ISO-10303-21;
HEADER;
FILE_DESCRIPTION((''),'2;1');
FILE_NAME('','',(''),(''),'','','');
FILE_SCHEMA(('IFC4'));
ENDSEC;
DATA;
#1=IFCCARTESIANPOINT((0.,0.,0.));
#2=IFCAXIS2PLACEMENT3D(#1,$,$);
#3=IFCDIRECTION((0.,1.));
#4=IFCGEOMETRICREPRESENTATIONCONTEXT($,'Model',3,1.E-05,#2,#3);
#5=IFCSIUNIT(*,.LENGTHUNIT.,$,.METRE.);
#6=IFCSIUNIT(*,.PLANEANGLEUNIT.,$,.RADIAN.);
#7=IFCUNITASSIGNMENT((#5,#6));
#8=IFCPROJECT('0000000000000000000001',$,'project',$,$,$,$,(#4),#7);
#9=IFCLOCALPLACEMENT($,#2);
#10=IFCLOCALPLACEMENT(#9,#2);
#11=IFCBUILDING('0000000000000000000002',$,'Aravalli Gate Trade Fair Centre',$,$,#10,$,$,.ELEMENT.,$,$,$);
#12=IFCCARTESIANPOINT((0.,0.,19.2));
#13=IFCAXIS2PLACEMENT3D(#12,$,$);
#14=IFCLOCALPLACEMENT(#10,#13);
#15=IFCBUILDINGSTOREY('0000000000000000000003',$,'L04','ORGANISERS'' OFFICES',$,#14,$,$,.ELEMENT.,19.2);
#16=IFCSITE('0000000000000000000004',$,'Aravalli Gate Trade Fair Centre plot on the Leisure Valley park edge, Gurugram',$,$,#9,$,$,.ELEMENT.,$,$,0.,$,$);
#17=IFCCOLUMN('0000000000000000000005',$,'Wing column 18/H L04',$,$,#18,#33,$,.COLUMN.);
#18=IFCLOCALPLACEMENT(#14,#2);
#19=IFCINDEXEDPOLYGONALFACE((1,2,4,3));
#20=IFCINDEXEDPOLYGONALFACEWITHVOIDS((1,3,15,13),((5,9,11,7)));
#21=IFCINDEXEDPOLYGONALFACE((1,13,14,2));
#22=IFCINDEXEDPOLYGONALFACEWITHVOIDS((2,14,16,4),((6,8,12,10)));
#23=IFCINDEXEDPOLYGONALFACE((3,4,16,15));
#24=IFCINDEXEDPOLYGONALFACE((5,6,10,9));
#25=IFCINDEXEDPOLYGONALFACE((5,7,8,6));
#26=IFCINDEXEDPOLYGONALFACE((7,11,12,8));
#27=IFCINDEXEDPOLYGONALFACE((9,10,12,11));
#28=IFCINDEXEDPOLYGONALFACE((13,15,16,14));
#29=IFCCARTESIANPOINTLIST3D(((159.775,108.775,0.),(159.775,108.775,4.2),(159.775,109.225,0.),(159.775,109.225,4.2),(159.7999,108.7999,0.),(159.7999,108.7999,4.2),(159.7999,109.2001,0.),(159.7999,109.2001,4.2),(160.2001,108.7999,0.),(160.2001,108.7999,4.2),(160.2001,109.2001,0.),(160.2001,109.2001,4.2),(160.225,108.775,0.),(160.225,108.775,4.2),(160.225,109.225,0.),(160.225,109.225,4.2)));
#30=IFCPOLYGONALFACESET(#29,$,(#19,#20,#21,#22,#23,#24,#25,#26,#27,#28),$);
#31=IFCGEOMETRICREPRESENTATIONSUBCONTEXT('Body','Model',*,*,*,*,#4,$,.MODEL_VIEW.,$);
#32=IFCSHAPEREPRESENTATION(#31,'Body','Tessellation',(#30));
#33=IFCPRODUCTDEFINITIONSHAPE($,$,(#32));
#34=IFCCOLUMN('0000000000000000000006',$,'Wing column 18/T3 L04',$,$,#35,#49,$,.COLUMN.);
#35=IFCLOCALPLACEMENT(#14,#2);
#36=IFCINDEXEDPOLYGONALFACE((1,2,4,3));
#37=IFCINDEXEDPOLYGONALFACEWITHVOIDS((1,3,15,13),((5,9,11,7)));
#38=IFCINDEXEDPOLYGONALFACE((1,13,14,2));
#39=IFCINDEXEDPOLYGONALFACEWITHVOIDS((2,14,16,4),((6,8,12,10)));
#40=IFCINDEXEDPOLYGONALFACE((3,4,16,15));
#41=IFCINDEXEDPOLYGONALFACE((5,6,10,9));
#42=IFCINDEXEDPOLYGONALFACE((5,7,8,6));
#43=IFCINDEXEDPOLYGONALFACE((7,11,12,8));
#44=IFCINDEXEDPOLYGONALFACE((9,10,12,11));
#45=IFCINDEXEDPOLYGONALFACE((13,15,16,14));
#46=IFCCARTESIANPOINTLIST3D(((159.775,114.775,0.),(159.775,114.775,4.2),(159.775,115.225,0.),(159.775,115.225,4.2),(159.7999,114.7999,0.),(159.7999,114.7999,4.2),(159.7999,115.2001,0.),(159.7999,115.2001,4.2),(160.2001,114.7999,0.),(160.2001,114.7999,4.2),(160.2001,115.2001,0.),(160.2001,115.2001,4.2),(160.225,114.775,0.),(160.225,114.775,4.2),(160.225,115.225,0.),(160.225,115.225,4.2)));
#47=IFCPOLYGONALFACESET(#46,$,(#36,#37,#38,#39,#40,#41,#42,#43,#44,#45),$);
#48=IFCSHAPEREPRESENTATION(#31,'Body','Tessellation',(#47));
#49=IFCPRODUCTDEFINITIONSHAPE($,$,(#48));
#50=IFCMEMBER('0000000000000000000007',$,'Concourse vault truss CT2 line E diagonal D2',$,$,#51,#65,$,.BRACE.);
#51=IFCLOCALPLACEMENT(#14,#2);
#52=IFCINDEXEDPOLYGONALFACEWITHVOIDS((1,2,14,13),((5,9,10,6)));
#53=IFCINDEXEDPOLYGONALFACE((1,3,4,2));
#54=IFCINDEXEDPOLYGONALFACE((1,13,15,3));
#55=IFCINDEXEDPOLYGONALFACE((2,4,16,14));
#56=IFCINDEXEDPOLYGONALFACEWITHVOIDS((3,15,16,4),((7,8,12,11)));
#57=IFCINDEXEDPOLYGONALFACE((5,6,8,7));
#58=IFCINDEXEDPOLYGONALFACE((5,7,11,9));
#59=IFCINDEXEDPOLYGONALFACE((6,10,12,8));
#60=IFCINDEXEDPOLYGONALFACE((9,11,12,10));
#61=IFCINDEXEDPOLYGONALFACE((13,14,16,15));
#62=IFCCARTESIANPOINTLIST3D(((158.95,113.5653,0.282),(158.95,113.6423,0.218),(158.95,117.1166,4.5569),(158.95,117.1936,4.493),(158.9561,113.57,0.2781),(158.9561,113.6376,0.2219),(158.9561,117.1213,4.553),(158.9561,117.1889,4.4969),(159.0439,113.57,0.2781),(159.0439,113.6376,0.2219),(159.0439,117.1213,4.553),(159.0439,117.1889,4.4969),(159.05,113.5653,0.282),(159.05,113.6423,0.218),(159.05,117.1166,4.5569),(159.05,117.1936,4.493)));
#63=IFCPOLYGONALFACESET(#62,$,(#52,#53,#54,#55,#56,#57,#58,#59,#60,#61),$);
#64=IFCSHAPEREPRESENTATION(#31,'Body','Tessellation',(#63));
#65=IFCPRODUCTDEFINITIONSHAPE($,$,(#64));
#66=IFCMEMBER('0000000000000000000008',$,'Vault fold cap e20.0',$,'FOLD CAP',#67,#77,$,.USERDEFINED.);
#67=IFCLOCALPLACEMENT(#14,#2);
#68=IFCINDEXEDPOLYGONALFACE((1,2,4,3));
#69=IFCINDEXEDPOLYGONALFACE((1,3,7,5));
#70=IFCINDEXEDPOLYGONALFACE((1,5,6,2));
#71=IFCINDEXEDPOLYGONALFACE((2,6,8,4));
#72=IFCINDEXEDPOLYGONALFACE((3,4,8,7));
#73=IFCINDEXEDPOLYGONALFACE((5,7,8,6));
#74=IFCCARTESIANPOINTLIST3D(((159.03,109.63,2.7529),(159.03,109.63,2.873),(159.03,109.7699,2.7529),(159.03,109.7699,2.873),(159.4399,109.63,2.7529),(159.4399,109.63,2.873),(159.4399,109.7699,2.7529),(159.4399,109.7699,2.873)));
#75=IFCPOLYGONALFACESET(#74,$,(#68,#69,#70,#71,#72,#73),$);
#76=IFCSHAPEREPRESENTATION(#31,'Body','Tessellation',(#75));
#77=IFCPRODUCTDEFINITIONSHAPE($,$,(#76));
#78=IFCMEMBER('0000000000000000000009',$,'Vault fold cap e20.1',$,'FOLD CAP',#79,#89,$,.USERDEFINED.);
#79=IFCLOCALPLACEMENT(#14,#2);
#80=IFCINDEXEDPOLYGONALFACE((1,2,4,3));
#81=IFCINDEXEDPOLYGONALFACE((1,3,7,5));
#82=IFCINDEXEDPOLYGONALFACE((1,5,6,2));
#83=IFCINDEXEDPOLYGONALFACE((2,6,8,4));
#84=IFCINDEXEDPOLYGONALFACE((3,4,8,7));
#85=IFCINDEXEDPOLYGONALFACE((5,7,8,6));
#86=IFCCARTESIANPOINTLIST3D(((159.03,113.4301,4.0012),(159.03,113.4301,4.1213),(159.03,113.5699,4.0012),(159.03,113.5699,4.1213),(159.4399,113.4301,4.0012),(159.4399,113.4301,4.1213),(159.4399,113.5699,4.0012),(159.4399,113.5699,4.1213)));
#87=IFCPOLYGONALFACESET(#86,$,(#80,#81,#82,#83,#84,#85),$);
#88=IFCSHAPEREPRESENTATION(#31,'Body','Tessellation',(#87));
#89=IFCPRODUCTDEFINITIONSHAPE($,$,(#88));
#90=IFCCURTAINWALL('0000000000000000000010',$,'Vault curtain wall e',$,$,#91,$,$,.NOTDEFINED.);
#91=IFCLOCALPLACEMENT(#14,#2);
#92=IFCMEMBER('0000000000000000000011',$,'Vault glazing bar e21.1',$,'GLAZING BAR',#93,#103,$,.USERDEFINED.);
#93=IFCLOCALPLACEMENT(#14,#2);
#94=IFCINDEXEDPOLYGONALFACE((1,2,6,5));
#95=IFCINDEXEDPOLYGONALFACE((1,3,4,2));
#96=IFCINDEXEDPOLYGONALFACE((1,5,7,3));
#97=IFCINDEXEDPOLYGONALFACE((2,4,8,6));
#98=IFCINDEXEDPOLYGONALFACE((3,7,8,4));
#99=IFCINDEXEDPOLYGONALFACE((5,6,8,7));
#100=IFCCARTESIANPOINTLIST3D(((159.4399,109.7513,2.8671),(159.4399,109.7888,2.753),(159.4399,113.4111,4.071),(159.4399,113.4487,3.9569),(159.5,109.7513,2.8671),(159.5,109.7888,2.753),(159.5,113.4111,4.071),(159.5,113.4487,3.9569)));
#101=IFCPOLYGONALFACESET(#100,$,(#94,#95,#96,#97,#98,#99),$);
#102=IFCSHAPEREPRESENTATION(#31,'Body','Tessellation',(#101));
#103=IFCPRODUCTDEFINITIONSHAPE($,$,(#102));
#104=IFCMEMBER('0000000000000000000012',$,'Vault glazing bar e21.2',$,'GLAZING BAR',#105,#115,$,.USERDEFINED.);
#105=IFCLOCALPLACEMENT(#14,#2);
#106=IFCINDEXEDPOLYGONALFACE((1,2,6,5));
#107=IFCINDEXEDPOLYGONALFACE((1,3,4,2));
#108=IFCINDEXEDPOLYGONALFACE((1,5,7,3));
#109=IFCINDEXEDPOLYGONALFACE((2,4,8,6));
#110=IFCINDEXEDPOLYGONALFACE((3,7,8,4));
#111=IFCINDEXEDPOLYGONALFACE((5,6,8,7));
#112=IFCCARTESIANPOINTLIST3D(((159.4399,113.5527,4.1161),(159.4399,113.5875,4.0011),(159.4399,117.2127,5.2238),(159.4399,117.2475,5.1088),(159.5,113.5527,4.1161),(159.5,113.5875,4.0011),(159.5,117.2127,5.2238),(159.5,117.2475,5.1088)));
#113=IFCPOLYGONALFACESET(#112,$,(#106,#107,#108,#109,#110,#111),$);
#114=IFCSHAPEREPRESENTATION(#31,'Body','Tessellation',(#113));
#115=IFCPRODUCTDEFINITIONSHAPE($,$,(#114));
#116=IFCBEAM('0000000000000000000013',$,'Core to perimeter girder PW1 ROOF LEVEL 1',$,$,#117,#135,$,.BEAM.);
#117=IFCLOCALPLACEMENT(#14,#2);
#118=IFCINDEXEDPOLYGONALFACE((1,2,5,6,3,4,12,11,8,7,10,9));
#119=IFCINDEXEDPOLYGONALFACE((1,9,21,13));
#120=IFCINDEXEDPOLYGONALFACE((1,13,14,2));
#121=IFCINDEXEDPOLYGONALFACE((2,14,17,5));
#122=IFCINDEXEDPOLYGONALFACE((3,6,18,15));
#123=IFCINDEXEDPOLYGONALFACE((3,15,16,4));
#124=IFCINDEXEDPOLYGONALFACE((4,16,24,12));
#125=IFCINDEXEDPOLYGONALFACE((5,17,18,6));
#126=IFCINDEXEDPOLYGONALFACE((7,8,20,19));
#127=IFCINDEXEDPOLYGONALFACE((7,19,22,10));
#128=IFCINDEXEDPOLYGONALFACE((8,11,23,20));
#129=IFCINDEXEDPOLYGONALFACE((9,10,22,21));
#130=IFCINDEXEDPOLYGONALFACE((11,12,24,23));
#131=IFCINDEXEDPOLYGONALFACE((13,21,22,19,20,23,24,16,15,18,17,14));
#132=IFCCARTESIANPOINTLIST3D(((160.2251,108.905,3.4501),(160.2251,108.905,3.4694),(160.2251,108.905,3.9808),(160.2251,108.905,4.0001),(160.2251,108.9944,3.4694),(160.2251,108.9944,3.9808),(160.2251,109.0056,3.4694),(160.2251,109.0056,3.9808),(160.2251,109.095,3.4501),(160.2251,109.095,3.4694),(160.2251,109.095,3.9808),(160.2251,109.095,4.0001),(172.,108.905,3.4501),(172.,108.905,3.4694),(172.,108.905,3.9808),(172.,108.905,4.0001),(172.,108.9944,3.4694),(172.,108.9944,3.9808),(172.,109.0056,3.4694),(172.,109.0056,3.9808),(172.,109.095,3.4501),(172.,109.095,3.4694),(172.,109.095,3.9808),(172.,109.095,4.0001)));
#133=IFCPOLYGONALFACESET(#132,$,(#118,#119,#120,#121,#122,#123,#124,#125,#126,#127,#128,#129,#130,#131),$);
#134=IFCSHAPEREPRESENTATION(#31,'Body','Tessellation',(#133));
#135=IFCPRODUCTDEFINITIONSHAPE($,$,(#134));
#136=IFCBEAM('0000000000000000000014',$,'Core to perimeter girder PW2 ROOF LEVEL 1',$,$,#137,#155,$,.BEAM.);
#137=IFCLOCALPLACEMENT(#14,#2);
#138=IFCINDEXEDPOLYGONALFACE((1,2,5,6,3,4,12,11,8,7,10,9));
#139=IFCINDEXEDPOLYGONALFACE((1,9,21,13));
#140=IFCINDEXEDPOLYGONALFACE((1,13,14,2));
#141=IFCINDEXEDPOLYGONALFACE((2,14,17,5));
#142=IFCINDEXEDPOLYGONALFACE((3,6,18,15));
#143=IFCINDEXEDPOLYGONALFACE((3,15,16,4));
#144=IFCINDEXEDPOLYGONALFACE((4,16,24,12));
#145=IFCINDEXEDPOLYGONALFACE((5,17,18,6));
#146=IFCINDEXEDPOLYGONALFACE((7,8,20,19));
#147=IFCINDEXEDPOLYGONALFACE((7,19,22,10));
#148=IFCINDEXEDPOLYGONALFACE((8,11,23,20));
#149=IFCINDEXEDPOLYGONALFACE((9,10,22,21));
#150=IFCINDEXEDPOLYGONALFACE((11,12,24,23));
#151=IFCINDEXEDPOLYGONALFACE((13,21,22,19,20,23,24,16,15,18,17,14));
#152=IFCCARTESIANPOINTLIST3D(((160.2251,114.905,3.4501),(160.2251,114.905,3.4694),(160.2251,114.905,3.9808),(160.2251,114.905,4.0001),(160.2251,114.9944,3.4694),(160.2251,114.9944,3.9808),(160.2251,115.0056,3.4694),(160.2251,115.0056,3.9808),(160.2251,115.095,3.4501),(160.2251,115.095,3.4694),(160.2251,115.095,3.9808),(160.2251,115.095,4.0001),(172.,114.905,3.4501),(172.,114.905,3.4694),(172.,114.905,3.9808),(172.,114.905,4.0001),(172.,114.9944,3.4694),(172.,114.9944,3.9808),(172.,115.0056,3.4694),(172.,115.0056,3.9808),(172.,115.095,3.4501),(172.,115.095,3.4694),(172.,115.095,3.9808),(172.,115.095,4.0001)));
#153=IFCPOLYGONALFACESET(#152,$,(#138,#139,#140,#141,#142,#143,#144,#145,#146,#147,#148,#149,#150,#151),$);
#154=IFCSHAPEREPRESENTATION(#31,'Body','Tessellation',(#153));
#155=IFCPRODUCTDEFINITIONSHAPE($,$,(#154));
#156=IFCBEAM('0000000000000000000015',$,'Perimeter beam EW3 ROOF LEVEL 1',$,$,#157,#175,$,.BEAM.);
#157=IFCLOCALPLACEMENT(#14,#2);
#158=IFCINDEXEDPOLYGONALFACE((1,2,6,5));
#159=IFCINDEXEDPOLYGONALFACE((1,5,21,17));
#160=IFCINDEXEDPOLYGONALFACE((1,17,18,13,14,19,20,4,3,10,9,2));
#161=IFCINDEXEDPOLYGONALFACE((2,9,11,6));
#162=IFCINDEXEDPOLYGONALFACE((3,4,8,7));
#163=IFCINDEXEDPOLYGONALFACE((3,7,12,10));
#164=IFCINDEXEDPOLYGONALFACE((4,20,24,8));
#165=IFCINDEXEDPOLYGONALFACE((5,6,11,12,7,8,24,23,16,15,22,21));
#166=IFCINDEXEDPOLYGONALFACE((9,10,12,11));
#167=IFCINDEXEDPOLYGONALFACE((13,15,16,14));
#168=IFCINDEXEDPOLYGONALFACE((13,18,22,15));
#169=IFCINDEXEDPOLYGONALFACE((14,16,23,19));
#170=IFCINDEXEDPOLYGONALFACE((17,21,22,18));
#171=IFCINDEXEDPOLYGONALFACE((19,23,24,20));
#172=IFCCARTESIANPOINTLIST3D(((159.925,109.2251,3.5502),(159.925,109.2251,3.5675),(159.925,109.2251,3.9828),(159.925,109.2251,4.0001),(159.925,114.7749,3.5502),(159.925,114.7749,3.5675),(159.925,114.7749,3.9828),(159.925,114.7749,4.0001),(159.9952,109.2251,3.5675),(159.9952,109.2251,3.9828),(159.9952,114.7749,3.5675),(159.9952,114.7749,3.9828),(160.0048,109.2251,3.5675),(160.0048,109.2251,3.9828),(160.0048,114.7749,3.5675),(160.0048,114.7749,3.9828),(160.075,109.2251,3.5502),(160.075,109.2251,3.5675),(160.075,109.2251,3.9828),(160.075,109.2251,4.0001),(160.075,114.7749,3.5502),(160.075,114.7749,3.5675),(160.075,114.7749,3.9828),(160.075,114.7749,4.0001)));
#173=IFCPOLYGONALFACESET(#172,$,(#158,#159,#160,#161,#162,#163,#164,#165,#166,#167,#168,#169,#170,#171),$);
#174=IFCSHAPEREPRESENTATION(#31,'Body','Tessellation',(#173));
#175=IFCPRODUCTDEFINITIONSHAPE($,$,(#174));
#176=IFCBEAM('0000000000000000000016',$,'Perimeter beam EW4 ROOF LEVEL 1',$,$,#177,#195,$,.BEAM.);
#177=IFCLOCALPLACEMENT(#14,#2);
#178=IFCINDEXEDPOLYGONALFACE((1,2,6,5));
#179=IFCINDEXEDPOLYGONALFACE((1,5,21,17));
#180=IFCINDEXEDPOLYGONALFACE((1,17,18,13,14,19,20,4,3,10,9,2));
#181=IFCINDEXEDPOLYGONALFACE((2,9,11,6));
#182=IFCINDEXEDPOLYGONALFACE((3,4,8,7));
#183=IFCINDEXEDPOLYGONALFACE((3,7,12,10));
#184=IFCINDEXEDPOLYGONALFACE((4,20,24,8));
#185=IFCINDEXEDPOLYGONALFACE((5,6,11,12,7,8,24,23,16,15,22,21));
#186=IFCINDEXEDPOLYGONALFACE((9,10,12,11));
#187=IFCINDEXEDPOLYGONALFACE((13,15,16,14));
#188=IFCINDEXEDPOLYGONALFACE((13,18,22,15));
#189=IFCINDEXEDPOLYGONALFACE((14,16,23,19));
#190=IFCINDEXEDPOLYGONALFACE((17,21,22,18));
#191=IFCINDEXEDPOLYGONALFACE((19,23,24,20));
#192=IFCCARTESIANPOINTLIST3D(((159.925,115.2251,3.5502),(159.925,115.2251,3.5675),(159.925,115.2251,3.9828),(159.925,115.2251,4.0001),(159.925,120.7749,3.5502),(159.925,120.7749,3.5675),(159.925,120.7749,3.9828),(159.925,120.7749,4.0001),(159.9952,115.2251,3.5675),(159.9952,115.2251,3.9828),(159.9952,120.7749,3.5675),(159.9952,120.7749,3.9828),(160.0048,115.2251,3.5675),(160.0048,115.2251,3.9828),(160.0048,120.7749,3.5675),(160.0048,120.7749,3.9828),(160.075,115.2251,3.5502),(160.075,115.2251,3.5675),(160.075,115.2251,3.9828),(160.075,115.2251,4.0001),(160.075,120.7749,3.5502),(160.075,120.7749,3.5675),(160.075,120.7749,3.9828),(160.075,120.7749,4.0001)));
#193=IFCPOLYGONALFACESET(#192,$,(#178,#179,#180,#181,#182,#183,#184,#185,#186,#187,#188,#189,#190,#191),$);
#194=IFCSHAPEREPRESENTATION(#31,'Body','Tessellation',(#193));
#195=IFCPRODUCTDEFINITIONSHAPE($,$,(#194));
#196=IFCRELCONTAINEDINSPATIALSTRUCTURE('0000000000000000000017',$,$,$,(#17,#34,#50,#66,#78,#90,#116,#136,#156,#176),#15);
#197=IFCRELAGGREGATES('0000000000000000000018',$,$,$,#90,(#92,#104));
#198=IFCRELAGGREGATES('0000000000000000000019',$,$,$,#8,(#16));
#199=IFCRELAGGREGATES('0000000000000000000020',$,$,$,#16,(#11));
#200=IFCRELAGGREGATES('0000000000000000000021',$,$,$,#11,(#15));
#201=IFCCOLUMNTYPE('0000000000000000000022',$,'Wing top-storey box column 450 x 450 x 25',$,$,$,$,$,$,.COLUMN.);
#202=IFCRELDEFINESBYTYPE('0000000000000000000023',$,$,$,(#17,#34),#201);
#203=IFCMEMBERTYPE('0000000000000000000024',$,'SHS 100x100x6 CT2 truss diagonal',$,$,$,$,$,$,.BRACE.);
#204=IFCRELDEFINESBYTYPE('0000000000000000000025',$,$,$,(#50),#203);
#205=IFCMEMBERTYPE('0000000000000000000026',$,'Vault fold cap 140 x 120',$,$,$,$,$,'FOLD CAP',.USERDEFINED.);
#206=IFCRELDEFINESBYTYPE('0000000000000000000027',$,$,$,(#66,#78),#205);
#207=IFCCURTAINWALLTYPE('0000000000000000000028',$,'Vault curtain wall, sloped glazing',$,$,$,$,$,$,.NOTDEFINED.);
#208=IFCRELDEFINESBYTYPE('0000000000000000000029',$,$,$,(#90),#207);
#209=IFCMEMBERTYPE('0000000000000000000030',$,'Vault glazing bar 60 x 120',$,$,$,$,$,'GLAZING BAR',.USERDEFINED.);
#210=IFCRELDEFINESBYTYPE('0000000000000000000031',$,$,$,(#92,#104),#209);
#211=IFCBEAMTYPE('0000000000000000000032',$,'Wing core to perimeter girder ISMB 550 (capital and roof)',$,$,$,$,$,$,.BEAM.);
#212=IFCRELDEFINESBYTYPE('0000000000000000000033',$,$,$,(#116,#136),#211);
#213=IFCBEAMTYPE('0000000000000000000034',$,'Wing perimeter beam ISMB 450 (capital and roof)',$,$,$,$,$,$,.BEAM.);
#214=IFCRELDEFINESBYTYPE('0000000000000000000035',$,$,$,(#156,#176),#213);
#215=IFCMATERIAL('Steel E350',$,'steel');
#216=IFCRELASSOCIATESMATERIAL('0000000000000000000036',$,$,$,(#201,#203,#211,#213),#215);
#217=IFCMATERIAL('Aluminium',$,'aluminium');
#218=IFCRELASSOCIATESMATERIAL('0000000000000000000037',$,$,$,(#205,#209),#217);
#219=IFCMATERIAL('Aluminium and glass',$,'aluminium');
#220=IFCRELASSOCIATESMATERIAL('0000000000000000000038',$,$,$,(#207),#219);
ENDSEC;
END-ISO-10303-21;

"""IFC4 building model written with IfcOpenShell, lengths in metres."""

from ifc_helpers import new_model, si_unit, direction, frame, origin, origin_2d, place, context, subcontext, project, spatial, rectangle, hollow_rectangle, i_section, extrude, material, material_profile, profile_set, type_object, element, aggregate, save


model = new_model("IFC4")

# Units and contexts
model_context = context("Model", 3, precision=1e-05, world=origin(), true_north=direction((0.0, 1.0)))
body_context = subcontext(model_context, "Body", "Model", "MODEL_VIEW")
ifc_project = project(units=[si_unit("LENGTHUNIT", "METRE"), si_unit("PLANEANGLEUNIT", "RADIAN")], contexts=[model_context])

# Site, building, storey
site_placement = place(None, origin())
site = spatial("IfcSite", under=ifc_project, at=site_placement, Name="Aravalli Gate Trade Fair Centre plot on the Leisure Valley park edge, Gurugram", CompositionType="ELEMENT", RefElevation=0.0)
building_placement = place(site_placement, origin())
building = spatial("IfcBuilding", under=site, at=building_placement, Name="Aravalli Gate Trade Fair Centre", CompositionType="ELEMENT")
storey_placement = place(building_placement, frame((0.0, 0.0, 19.2)))
storey = spatial("IfcBuildingStorey", under=building, at=storey_placement, Name="L04", Description="ORGANISERS' OFFICES", CompositionType="ELEMENT", Elevation=19.2)

# Columns
ifc_material_1 = material(Name="Steel E350", Category="steel")
ifc_material_profile_1 = material_profile(ifc_material_1, hollow_rectangle(XDim=0.45, YDim=0.45, WallThickness=0.0249, at=origin_2d()), Name="BOX 450x450x25")
ifc_profile_set_1 = profile_set([ifc_material_profile_1], Name="Steel E350")
column_type = type_object("IfcColumnType", Name="Wing top-storey box column 450 x 450 x 25", PredefinedType="COLUMN", material=ifc_profile_set_1)
for number, where, z_axis, x_axis, name in (
    (1, (160.0, 109.0, 0.0), (0.0, 0.0, 1.0), (1.0, 0.0, 0.0), "Wing column 18/H L04"),
    (2, (160.0, 115.0, 0.0), (0.0, 0.0, 1.0), (1.0, 0.0, 0.0), "Wing column 18/T3 L04"),
):
    element("IfcColumn", number, at=place(storey_placement, frame(where, z_axis=z_axis, x_axis=x_axis)), inside=storey, type_object=column_type, Name=name, PredefinedType="COLUMN", context=body_context, shape_type="SweptSolid", body=[
        extrude(hollow_rectangle(XDim=0.45, YDim=0.45, WallThickness=0.0249, at=origin_2d()), origin(), (0.0, 0.0, 1.0), 4.2),
    ])

# Members
ifc_material_profile_2 = material_profile(ifc_material_1, hollow_rectangle(XDim=0.1001, YDim=0.1001, WallThickness=0.0061, at=origin_2d()), Name="SHS 100x100x6")
ifc_profile_set_2 = profile_set([ifc_material_profile_2], Name="Steel E350")
member_type_1 = type_object("IfcMemberType", Name="SHS 100x100x6 CT2 truss diagonal", PredefinedType="BRACE", material=ifc_profile_set_2)
member_1_placement = place(storey_placement, frame((159.0, 113.6038, 0.25), z_axis=(0.0, 0.639, 0.769207), x_axis=(-1.0, 0.0, 0.0)))
element("IfcMember", 3, at=member_1_placement, inside=storey, type_object=member_type_1, Name="Concourse vault truss CT2 line E diagonal D2", PredefinedType="BRACE", context=body_context, shape_type="SweptSolid", body=[
    extrude(hollow_rectangle(XDim=0.1001, YDim=0.1001, WallThickness=0.0061, at=origin_2d()), origin(), (0.0, 0.0, 1.0), 5.5576),
])
ifc_material_2 = material(Name="Aluminium", Category="aluminium")
ifc_material_profile_3 = material_profile(ifc_material_2, rectangle(XDim=0.1399, YDim=0.1201, at=origin_2d()), Name="Vault fold cap 140 x 120")
ifc_profile_set_3 = profile_set([ifc_material_profile_3], Name="Aluminium")
member_type_2 = type_object("IfcMemberType", Name="Vault fold cap 140 x 120", ElementType="FOLD CAP", PredefinedType="USERDEFINED", material=ifc_profile_set_3)
for number, where, z_axis, x_axis, name in (
    (4, (159.03, 109.7, 2.813), (1.0, 0.0, 0.0), (0.0, 1.0, 0.0), "Vault fold cap e20.0"),
    (5, (159.03, 113.5, 4.0613), (1.0, 0.0, 0.0), (0.0, 1.0, 0.0), "Vault fold cap e20.1"),
):
    element("IfcMember", number, at=place(storey_placement, frame(where, z_axis=z_axis, x_axis=x_axis)), inside=storey, type_object=member_type_2, Name=name, ObjectType="FOLD CAP", PredefinedType="USERDEFINED", context=body_context, shape_type="SweptSolid", body=[
        extrude(rectangle(XDim=0.1399, YDim=0.1201, at=origin_2d()), origin(), (0.0, 0.0, 1.0), 0.4099),
    ])

# Curtain wall, members
ifc_material_3 = material(Name="Aluminium and glass", Category="aluminium")
curtain_wall_type = type_object("IfcCurtainWallType", Name="Vault curtain wall, sloped glazing", PredefinedType="NOTDEFINED", material=ifc_material_3)
curtain_wall_placement = place(storey_placement, origin())
curtain_wall = element("IfcCurtainWall", 6, at=curtain_wall_placement, inside=storey, type_object=curtain_wall_type, Name="Vault curtain wall e", PredefinedType="NOTDEFINED")
ifc_material_profile_4 = material_profile(ifc_material_2, rectangle(XDim=0.0601, YDim=0.1201, at=origin_2d()), Name="Vault glazing bar 60 x 120")
ifc_profile_set_4 = profile_set([ifc_material_profile_4], Name="Aluminium")
member_type_3 = type_object("IfcMemberType", Name="Vault glazing bar 60 x 120", ElementType="GLAZING BAR", PredefinedType="USERDEFINED", material=ifc_profile_set_4)
member_2_placement = place(storey_placement, frame((159.47, 109.77, 2.8101), z_axis=(0.0, 0.94993, 0.312461), x_axis=(-1.0, 0.0, 0.0)))
member_2 = element("IfcMember", 7, at=member_2_placement, type_object=member_type_3, Name="Vault glazing bar e21.1", ObjectType="GLAZING BAR", PredefinedType="USERDEFINED", context=body_context, shape_type="SweptSolid", body=[
    extrude(rectangle(XDim=0.0601, YDim=0.1201, at=origin_2d()), origin(), (0.0, 0.0, 1.0), 3.8528),
])
member_3_placement = place(storey_placement, frame((159.47, 113.5701, 4.0586), z_axis=(0.0, 0.957126, 0.289672), x_axis=(-1.0, 0.0, 0.0)))
member_3 = element("IfcMember", 8, at=member_3_placement, type_object=member_type_3, Name="Vault glazing bar e21.2", ObjectType="GLAZING BAR", PredefinedType="USERDEFINED", context=body_context, shape_type="SweptSolid", body=[
    extrude(rectangle(XDim=0.0601, YDim=0.1201, at=origin_2d()), origin(), (0.0, 0.0, 1.0), 3.824),
])

# Beams
ifc_material_profile_5 = material_profile(ifc_material_1, i_section(OverallWidth=0.1899, OverallDepth=0.55, WebThickness=0.0112, FlangeThickness=0.0193, at=origin_2d()), Name="ISMB 550")
ifc_profile_set_5 = profile_set([ifc_material_profile_5], Name="Steel E350")
beam_type_1 = type_object("IfcBeamType", Name="Wing core to perimeter girder ISMB 550 (capital and roof)", PredefinedType="BEAM", material=ifc_profile_set_5)
for number, where, z_axis, x_axis, name in (
    (9, (160.2251, 109.0, 3.7251), (1.0, 0.0, 0.0), (0.0, 1.0, 0.0), "Core to perimeter girder PW1 ROOF LEVEL 1"),
    (10, (160.2251, 115.0, 3.7251), (1.0, 0.0, 0.0), (0.0, 1.0, 0.0), "Core to perimeter girder PW2 ROOF LEVEL 1"),
):
    element("IfcBeam", number, at=place(storey_placement, frame(where, z_axis=z_axis, x_axis=x_axis)), inside=storey, type_object=beam_type_1, Name=name, PredefinedType="BEAM", context=body_context, shape_type="SweptSolid", body=[
        extrude(i_section(OverallWidth=0.1899, OverallDepth=0.55, WebThickness=0.0112, FlangeThickness=0.0193, at=origin_2d()), origin(), (0.0, 0.0, 1.0), 11.7749),
    ])
ifc_material_profile_6 = material_profile(ifc_material_1, i_section(OverallWidth=0.1499, OverallDepth=0.45, WebThickness=0.0095, FlangeThickness=0.0173, at=origin_2d()), Name="ISMB 450")
ifc_profile_set_6 = profile_set([ifc_material_profile_6], Name="Steel E350")
beam_type_2 = type_object("IfcBeamType", Name="Wing perimeter beam ISMB 450 (capital and roof)", PredefinedType="BEAM", material=ifc_profile_set_6)
for number, where, z_axis, x_axis, name in (
    (11, (160.0, 109.2251, 3.7751), (0.0, 1.0, 0.0), (-1.0, 0.0, 0.0), "Perimeter beam EW3 ROOF LEVEL 1"),
    (12, (160.0, 115.2251, 3.7751), (0.0, 1.0, 0.0), (-1.0, 0.0, 0.0), "Perimeter beam EW4 ROOF LEVEL 1"),
):
    element("IfcBeam", number, at=place(storey_placement, frame(where, z_axis=z_axis, x_axis=x_axis)), inside=storey, type_object=beam_type_2, Name=name, PredefinedType="BEAM", context=body_context, shape_type="SweptSolid", body=[
        extrude(i_section(OverallWidth=0.1499, OverallDepth=0.45, WebThickness=0.0095, FlangeThickness=0.0173, at=origin_2d()), origin(), (0.0, 0.0, 1.0), 5.5498),
    ])

aggregate(curtain_wall, [member_2, member_3])

save(model, "model.ifc")
